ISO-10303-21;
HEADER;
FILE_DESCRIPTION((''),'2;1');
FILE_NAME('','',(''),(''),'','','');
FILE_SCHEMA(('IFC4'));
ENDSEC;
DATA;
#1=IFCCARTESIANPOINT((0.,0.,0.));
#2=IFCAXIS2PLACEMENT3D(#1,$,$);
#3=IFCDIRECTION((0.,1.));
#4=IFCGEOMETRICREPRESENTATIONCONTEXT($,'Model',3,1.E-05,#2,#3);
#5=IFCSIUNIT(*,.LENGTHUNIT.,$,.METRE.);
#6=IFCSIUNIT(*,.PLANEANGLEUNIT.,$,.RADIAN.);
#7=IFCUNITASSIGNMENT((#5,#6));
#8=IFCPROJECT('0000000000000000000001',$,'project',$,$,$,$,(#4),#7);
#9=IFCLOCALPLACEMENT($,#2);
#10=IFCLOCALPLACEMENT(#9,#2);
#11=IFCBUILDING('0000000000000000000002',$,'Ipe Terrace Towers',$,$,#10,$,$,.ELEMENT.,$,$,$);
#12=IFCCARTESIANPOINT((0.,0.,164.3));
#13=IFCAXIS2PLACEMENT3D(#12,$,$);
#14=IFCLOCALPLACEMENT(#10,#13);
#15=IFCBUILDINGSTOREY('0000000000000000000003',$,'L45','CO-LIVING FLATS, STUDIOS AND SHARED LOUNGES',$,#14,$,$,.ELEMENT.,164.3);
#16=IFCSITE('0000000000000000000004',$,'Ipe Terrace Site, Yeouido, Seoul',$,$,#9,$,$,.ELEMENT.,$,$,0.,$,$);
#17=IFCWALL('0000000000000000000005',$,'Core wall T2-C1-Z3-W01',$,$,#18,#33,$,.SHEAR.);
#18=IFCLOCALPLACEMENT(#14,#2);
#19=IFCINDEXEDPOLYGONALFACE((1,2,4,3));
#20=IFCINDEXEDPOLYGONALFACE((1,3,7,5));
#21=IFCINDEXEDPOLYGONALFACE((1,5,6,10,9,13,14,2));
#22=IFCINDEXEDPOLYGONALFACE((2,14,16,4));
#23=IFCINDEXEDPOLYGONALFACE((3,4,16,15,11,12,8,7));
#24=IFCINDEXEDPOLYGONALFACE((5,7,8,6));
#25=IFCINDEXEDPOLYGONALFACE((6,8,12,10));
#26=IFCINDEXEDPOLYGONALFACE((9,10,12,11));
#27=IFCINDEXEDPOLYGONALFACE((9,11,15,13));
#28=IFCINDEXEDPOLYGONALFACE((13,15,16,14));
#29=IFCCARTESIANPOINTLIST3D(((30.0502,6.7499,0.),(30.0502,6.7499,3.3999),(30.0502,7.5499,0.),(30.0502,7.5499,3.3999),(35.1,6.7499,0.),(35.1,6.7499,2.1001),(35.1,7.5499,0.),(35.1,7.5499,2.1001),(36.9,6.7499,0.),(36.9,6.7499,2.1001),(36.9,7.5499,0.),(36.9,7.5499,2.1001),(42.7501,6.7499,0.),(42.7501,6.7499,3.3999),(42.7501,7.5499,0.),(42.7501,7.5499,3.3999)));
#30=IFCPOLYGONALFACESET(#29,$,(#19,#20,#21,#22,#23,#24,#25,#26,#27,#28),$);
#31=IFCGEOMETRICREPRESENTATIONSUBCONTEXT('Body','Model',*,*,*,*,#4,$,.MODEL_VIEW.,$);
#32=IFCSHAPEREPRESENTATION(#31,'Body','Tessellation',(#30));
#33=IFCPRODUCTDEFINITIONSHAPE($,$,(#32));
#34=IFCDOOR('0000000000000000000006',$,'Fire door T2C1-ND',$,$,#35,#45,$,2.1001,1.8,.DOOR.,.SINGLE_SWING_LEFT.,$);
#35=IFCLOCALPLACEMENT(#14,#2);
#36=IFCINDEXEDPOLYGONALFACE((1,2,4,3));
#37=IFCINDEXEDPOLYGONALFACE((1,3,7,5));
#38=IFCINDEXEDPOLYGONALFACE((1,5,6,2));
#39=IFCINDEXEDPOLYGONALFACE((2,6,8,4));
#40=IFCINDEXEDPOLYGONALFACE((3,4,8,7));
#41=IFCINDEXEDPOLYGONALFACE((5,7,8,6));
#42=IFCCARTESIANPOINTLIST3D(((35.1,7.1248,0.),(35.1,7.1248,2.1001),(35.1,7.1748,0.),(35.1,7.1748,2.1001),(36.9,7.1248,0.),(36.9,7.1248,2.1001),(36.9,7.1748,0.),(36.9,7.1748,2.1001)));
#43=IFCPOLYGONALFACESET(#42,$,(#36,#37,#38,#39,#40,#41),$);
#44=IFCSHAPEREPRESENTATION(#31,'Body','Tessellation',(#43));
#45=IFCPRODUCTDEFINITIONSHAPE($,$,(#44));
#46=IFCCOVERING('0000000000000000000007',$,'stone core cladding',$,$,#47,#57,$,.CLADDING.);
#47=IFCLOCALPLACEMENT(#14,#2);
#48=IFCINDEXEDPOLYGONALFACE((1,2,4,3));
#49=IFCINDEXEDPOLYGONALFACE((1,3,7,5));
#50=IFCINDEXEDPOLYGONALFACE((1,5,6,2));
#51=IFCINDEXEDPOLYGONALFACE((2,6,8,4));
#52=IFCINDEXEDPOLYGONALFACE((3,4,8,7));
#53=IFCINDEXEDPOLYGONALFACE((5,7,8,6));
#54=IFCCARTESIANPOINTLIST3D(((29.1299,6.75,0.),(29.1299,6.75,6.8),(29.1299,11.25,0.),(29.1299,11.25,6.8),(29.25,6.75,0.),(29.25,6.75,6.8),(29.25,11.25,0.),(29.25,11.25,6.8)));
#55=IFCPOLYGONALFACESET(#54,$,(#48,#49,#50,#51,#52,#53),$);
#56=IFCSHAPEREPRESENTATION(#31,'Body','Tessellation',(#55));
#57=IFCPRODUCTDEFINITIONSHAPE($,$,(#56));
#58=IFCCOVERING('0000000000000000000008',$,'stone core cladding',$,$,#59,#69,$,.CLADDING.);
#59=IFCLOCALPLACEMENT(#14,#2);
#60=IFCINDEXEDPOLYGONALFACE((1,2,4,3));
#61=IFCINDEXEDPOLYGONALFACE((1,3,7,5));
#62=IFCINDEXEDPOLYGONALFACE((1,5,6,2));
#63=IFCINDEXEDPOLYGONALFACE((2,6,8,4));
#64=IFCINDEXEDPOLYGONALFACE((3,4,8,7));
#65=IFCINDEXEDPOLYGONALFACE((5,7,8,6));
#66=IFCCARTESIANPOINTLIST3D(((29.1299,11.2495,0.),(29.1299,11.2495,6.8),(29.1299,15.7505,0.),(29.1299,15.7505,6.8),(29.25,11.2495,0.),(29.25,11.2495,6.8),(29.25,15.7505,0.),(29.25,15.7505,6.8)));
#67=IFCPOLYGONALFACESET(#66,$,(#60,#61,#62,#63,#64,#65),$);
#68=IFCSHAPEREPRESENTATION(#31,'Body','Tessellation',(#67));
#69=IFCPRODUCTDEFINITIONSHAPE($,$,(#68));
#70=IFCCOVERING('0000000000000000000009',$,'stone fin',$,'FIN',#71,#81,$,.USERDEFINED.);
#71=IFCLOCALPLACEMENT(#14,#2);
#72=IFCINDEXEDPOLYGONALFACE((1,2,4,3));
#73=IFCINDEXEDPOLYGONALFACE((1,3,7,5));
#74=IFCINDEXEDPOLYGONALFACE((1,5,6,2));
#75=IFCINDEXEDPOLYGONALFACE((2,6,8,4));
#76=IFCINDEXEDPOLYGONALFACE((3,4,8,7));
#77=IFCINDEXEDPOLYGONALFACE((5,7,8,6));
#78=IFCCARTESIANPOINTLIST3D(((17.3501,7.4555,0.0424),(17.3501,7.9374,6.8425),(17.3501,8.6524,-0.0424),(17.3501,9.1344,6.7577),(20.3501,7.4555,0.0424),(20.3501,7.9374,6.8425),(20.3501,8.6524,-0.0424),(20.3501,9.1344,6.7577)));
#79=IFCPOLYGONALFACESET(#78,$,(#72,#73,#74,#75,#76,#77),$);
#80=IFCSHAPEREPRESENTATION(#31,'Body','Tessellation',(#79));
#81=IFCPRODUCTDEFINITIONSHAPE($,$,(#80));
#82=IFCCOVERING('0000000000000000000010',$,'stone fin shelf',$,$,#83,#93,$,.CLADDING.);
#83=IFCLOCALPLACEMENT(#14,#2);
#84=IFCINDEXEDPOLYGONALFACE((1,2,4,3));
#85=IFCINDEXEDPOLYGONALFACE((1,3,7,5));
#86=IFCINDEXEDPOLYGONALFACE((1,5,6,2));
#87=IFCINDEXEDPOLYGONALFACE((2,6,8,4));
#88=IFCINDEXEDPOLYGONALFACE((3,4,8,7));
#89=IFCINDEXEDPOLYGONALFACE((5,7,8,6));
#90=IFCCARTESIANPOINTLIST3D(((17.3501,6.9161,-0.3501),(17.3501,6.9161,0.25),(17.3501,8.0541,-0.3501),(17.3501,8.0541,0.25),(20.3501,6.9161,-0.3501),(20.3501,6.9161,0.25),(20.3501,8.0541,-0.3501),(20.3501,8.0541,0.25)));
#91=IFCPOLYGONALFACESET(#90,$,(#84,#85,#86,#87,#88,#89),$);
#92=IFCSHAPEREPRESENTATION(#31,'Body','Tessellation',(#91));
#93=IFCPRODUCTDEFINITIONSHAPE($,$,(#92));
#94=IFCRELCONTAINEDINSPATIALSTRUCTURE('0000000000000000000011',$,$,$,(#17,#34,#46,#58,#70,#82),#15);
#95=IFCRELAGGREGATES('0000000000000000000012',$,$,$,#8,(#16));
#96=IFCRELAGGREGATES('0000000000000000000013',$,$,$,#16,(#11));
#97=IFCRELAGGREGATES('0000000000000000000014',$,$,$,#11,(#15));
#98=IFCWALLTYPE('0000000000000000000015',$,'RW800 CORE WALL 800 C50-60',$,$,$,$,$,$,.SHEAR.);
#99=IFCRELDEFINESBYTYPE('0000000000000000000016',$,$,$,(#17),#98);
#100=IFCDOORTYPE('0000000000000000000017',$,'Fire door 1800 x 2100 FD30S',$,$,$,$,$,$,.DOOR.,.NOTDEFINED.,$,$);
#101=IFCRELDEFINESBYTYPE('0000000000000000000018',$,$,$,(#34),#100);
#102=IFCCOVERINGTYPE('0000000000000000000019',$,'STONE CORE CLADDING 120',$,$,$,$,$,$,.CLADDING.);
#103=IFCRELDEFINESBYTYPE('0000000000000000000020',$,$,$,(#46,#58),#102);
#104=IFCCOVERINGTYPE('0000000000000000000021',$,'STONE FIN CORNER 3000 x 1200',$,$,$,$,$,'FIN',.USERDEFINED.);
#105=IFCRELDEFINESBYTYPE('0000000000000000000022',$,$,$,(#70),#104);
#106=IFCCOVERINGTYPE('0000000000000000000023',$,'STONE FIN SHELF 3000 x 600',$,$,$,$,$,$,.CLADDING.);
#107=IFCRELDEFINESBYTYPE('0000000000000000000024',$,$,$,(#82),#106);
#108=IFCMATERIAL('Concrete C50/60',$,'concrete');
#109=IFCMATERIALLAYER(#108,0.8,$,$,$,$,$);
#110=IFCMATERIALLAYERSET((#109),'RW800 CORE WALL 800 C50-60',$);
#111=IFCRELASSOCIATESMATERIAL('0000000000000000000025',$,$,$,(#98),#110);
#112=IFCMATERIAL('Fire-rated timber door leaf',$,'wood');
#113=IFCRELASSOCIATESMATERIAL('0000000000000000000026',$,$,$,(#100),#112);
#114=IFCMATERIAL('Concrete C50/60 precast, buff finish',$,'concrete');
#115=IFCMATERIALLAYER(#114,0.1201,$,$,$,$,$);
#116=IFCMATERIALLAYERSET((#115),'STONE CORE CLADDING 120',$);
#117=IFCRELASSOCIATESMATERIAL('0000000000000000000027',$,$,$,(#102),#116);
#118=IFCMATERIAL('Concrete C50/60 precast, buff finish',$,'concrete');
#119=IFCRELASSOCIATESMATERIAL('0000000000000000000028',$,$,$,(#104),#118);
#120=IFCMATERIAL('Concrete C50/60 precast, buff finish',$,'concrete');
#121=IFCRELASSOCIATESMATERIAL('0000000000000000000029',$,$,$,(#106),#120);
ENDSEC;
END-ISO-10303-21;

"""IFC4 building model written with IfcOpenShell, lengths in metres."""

from ifc_helpers import new_model, si_unit, direction, frame, frame_2d, origin, origin_2d, place, context, subcontext, project, spatial, rectangle, extrude, material, layer, layer_set, material_profile, profile_set, type_object, element, fill, save


model = new_model("IFC4")

# Units and contexts
model_context = context("Model", 3, precision=1e-05, world=origin(), true_north=direction((0.0, 1.0)))
body_context = subcontext(model_context, "Body", "Model", "MODEL_VIEW")
ifc_project = project(units=[si_unit("LENGTHUNIT", "METRE"), si_unit("PLANEANGLEUNIT", "RADIAN")], contexts=[model_context])

# Site, building, storey
site_placement = place(None, origin())
site = spatial("IfcSite", under=ifc_project, at=site_placement, Name="Ipe Terrace Site, Yeouido, Seoul", CompositionType="ELEMENT", RefElevation=0.0)
building_placement = place(site_placement, origin())
building = spatial("IfcBuilding", under=site, at=building_placement, Name="Ipe Terrace Towers", CompositionType="ELEMENT")
storey_placement = place(building_placement, frame((0.0, 0.0, 164.3)))
storey = spatial("IfcBuildingStorey", under=building, at=storey_placement, Name="L45", Description="CO-LIVING FLATS, STUDIOS AND SHARED LOUNGES", CompositionType="ELEMENT", Elevation=164.3)

# Wall, opening, door
ifc_material_1 = material(Name="Concrete C50/60", Category="concrete")
ifc_layer_1 = layer(ifc_material_1, 0.8)
ifc_layer_set_1 = layer_set([ifc_layer_1], Name="RW800 CORE WALL 800 C50-60")
wall_type_1 = type_object("IfcWallType", Name="RW800 CORE WALL 800 C50-60", PredefinedType="SHEAR", material=ifc_layer_set_1)
wall_1_placement = place(storey_placement, frame((30.05, 7.1499, 0.0), z_axis=(0.0, 0.0, 1.0), x_axis=(1.0, 0.0, 0.0)))
wall_1 = element("IfcWall", 1, at=wall_1_placement, inside=storey, type_object=wall_type_1, Name="Core wall T2-C1-Z3-W01", PredefinedType="SHEAR", context=body_context, shape_type="SweptSolid", body=[
    extrude(rectangle(XDim=12.7, YDim=0.8, at=frame_2d((6.3501, 0.0))), origin(), (0.0, 0.0, 1.0), 3.3999),
])
opening_1_placement = place(wall_1_placement, frame((5.05, 0.0, 0.0)))
opening_1 = element("IfcOpeningElement", 2, at=opening_1_placement, cuts=wall_1, PredefinedType="OPENING", context=body_context, shape_type="SweptSolid", body=[
    extrude(rectangle(XDim=1.8, YDim=2.1001, at=frame_2d((0.8999, 1.05))), frame((0.0, 0.4102, 0.0), z_axis=(0.0, -1.0, 0.0), x_axis=(1.0, 0.0, 0.0)), (0.0, 0.0, 1.0), 0.8201),
])
ifc_material_2 = material(Name="Fire-rated timber door leaf", Category="wood")
door_type_1 = type_object("IfcDoorType", Name="Fire door 1800 x 2100 FD30S", OperationType="NOTDEFINED", PredefinedType="DOOR", material=ifc_material_2)
door_1_placement = place(opening_1_placement, origin())
door_1 = element("IfcDoor", 3, at=door_1_placement, inside=storey, type_object=door_type_1, Name="Fire door T2C1-ND", OperationType="SINGLE_SWING_LEFT", OverallHeight=2.1001, OverallWidth=1.8, PredefinedType="DOOR", context=body_context, shape_type="SweptSolid", body=[
    extrude(rectangle(XDim=1.8, YDim=2.1001, at=frame_2d((0.8999, 1.05))), frame((0.0, 0.0249, 0.0), z_axis=(0.0, -1.0, 0.0), x_axis=(1.0, 0.0, 0.0)), (0.0, 0.0, 1.0), 0.05),
])
fill(opening_1, door_1)

# Coverings
ifc_material_3 = material(Name="Concrete C50/60 precast, buff finish", Category="concrete")
ifc_layer_2 = layer(ifc_material_3, 0.1201)
ifc_layer_set_2 = layer_set([ifc_layer_2], Name="STONE CORE CLADDING 120")
covering_type_1 = type_object("IfcCoveringType", Name="STONE CORE CLADDING 120", PredefinedType="CLADDING", material=ifc_layer_set_2)
covering_1_placement = place(storey_placement, frame((29.1899, 9.0, 0.0), z_axis=(0.0, 0.0, 1.0), x_axis=(0.0, -1.0, 0.0)))
element("IfcCovering", 4, at=covering_1_placement, inside=storey, type_object=covering_type_1, Name="stone core cladding", PredefinedType="CLADDING", context=body_context, shape_type="SweptSolid", body=[
    extrude(rectangle(XDim=4.5, YDim=0.1201, at=origin_2d()), origin(), (0.0, 0.0, 1.0), 6.8),
])
covering_2_placement = place(storey_placement, frame((29.1899, 13.5, 0.0), z_axis=(0.0, 0.0, 1.0), x_axis=(0.0, -1.0, 0.0)))
element("IfcCovering", 5, at=covering_2_placement, inside=storey, type_object=covering_type_1, Name="stone core cladding", PredefinedType="CLADDING", context=body_context, shape_type="SweptSolid", body=[
    extrude(rectangle(XDim=4.501, YDim=0.1201, at=origin_2d()), origin(), (0.0, 0.0, 1.0), 6.8),
])
ifc_material_4 = material(Name="Concrete C50/60 precast, buff finish", Category="concrete")
ifc_material_profile_1 = material_profile(ifc_material_4, rectangle(XDim=3.0, YDim=1.2, at=origin_2d()), Name="STONE FIN CORNER 3000 x 1200")
ifc_profile_set_1 = profile_set([ifc_material_profile_1], Name="Concrete C50/60 precast, buff finish")
covering_type_2 = type_object("IfcCoveringType", Name="STONE FIN CORNER 3000 x 1200", ElementType="FIN", PredefinedType="USERDEFINED", material=ifc_profile_set_1)
covering_3_placement = place(storey_placement, frame((18.8501, 8.054, 0.0), z_axis=(0.0, 0.070695, 0.997498), x_axis=(-1.0, 0.0, 0.0)))
element("IfcCovering", 6, at=covering_3_placement, inside=storey, type_object=covering_type_2, Name="stone fin", ObjectType="FIN", PredefinedType="USERDEFINED", context=body_context, shape_type="SweptSolid", body=[
    extrude(rectangle(XDim=3.0, YDim=1.2, at=origin_2d()), origin(), (0.0, 0.0, 1.0), 6.8171),
])
ifc_material_5 = material(Name="Concrete C50/60 precast, buff finish", Category="concrete")
covering_type_3 = type_object("IfcCoveringType", Name="STONE FIN SHELF 3000 x 600", PredefinedType="CLADDING", material=ifc_material_5)
covering_4_placement = place(storey_placement, frame((18.8501, 7.4851, -0.3501), z_axis=(0.0, 0.0, 1.0), x_axis=(-1.0, 0.0, 0.0)))
element("IfcCovering", 7, at=covering_4_placement, inside=storey, type_object=covering_type_3, Name="stone fin shelf", PredefinedType="CLADDING", context=body_context, shape_type="SweptSolid", body=[
    extrude(rectangle(XDim=3.0, YDim=1.1379, at=origin_2d()), origin(), (0.0, 0.0, 1.0), 0.6001),
])

save(model, "model.ifc")
